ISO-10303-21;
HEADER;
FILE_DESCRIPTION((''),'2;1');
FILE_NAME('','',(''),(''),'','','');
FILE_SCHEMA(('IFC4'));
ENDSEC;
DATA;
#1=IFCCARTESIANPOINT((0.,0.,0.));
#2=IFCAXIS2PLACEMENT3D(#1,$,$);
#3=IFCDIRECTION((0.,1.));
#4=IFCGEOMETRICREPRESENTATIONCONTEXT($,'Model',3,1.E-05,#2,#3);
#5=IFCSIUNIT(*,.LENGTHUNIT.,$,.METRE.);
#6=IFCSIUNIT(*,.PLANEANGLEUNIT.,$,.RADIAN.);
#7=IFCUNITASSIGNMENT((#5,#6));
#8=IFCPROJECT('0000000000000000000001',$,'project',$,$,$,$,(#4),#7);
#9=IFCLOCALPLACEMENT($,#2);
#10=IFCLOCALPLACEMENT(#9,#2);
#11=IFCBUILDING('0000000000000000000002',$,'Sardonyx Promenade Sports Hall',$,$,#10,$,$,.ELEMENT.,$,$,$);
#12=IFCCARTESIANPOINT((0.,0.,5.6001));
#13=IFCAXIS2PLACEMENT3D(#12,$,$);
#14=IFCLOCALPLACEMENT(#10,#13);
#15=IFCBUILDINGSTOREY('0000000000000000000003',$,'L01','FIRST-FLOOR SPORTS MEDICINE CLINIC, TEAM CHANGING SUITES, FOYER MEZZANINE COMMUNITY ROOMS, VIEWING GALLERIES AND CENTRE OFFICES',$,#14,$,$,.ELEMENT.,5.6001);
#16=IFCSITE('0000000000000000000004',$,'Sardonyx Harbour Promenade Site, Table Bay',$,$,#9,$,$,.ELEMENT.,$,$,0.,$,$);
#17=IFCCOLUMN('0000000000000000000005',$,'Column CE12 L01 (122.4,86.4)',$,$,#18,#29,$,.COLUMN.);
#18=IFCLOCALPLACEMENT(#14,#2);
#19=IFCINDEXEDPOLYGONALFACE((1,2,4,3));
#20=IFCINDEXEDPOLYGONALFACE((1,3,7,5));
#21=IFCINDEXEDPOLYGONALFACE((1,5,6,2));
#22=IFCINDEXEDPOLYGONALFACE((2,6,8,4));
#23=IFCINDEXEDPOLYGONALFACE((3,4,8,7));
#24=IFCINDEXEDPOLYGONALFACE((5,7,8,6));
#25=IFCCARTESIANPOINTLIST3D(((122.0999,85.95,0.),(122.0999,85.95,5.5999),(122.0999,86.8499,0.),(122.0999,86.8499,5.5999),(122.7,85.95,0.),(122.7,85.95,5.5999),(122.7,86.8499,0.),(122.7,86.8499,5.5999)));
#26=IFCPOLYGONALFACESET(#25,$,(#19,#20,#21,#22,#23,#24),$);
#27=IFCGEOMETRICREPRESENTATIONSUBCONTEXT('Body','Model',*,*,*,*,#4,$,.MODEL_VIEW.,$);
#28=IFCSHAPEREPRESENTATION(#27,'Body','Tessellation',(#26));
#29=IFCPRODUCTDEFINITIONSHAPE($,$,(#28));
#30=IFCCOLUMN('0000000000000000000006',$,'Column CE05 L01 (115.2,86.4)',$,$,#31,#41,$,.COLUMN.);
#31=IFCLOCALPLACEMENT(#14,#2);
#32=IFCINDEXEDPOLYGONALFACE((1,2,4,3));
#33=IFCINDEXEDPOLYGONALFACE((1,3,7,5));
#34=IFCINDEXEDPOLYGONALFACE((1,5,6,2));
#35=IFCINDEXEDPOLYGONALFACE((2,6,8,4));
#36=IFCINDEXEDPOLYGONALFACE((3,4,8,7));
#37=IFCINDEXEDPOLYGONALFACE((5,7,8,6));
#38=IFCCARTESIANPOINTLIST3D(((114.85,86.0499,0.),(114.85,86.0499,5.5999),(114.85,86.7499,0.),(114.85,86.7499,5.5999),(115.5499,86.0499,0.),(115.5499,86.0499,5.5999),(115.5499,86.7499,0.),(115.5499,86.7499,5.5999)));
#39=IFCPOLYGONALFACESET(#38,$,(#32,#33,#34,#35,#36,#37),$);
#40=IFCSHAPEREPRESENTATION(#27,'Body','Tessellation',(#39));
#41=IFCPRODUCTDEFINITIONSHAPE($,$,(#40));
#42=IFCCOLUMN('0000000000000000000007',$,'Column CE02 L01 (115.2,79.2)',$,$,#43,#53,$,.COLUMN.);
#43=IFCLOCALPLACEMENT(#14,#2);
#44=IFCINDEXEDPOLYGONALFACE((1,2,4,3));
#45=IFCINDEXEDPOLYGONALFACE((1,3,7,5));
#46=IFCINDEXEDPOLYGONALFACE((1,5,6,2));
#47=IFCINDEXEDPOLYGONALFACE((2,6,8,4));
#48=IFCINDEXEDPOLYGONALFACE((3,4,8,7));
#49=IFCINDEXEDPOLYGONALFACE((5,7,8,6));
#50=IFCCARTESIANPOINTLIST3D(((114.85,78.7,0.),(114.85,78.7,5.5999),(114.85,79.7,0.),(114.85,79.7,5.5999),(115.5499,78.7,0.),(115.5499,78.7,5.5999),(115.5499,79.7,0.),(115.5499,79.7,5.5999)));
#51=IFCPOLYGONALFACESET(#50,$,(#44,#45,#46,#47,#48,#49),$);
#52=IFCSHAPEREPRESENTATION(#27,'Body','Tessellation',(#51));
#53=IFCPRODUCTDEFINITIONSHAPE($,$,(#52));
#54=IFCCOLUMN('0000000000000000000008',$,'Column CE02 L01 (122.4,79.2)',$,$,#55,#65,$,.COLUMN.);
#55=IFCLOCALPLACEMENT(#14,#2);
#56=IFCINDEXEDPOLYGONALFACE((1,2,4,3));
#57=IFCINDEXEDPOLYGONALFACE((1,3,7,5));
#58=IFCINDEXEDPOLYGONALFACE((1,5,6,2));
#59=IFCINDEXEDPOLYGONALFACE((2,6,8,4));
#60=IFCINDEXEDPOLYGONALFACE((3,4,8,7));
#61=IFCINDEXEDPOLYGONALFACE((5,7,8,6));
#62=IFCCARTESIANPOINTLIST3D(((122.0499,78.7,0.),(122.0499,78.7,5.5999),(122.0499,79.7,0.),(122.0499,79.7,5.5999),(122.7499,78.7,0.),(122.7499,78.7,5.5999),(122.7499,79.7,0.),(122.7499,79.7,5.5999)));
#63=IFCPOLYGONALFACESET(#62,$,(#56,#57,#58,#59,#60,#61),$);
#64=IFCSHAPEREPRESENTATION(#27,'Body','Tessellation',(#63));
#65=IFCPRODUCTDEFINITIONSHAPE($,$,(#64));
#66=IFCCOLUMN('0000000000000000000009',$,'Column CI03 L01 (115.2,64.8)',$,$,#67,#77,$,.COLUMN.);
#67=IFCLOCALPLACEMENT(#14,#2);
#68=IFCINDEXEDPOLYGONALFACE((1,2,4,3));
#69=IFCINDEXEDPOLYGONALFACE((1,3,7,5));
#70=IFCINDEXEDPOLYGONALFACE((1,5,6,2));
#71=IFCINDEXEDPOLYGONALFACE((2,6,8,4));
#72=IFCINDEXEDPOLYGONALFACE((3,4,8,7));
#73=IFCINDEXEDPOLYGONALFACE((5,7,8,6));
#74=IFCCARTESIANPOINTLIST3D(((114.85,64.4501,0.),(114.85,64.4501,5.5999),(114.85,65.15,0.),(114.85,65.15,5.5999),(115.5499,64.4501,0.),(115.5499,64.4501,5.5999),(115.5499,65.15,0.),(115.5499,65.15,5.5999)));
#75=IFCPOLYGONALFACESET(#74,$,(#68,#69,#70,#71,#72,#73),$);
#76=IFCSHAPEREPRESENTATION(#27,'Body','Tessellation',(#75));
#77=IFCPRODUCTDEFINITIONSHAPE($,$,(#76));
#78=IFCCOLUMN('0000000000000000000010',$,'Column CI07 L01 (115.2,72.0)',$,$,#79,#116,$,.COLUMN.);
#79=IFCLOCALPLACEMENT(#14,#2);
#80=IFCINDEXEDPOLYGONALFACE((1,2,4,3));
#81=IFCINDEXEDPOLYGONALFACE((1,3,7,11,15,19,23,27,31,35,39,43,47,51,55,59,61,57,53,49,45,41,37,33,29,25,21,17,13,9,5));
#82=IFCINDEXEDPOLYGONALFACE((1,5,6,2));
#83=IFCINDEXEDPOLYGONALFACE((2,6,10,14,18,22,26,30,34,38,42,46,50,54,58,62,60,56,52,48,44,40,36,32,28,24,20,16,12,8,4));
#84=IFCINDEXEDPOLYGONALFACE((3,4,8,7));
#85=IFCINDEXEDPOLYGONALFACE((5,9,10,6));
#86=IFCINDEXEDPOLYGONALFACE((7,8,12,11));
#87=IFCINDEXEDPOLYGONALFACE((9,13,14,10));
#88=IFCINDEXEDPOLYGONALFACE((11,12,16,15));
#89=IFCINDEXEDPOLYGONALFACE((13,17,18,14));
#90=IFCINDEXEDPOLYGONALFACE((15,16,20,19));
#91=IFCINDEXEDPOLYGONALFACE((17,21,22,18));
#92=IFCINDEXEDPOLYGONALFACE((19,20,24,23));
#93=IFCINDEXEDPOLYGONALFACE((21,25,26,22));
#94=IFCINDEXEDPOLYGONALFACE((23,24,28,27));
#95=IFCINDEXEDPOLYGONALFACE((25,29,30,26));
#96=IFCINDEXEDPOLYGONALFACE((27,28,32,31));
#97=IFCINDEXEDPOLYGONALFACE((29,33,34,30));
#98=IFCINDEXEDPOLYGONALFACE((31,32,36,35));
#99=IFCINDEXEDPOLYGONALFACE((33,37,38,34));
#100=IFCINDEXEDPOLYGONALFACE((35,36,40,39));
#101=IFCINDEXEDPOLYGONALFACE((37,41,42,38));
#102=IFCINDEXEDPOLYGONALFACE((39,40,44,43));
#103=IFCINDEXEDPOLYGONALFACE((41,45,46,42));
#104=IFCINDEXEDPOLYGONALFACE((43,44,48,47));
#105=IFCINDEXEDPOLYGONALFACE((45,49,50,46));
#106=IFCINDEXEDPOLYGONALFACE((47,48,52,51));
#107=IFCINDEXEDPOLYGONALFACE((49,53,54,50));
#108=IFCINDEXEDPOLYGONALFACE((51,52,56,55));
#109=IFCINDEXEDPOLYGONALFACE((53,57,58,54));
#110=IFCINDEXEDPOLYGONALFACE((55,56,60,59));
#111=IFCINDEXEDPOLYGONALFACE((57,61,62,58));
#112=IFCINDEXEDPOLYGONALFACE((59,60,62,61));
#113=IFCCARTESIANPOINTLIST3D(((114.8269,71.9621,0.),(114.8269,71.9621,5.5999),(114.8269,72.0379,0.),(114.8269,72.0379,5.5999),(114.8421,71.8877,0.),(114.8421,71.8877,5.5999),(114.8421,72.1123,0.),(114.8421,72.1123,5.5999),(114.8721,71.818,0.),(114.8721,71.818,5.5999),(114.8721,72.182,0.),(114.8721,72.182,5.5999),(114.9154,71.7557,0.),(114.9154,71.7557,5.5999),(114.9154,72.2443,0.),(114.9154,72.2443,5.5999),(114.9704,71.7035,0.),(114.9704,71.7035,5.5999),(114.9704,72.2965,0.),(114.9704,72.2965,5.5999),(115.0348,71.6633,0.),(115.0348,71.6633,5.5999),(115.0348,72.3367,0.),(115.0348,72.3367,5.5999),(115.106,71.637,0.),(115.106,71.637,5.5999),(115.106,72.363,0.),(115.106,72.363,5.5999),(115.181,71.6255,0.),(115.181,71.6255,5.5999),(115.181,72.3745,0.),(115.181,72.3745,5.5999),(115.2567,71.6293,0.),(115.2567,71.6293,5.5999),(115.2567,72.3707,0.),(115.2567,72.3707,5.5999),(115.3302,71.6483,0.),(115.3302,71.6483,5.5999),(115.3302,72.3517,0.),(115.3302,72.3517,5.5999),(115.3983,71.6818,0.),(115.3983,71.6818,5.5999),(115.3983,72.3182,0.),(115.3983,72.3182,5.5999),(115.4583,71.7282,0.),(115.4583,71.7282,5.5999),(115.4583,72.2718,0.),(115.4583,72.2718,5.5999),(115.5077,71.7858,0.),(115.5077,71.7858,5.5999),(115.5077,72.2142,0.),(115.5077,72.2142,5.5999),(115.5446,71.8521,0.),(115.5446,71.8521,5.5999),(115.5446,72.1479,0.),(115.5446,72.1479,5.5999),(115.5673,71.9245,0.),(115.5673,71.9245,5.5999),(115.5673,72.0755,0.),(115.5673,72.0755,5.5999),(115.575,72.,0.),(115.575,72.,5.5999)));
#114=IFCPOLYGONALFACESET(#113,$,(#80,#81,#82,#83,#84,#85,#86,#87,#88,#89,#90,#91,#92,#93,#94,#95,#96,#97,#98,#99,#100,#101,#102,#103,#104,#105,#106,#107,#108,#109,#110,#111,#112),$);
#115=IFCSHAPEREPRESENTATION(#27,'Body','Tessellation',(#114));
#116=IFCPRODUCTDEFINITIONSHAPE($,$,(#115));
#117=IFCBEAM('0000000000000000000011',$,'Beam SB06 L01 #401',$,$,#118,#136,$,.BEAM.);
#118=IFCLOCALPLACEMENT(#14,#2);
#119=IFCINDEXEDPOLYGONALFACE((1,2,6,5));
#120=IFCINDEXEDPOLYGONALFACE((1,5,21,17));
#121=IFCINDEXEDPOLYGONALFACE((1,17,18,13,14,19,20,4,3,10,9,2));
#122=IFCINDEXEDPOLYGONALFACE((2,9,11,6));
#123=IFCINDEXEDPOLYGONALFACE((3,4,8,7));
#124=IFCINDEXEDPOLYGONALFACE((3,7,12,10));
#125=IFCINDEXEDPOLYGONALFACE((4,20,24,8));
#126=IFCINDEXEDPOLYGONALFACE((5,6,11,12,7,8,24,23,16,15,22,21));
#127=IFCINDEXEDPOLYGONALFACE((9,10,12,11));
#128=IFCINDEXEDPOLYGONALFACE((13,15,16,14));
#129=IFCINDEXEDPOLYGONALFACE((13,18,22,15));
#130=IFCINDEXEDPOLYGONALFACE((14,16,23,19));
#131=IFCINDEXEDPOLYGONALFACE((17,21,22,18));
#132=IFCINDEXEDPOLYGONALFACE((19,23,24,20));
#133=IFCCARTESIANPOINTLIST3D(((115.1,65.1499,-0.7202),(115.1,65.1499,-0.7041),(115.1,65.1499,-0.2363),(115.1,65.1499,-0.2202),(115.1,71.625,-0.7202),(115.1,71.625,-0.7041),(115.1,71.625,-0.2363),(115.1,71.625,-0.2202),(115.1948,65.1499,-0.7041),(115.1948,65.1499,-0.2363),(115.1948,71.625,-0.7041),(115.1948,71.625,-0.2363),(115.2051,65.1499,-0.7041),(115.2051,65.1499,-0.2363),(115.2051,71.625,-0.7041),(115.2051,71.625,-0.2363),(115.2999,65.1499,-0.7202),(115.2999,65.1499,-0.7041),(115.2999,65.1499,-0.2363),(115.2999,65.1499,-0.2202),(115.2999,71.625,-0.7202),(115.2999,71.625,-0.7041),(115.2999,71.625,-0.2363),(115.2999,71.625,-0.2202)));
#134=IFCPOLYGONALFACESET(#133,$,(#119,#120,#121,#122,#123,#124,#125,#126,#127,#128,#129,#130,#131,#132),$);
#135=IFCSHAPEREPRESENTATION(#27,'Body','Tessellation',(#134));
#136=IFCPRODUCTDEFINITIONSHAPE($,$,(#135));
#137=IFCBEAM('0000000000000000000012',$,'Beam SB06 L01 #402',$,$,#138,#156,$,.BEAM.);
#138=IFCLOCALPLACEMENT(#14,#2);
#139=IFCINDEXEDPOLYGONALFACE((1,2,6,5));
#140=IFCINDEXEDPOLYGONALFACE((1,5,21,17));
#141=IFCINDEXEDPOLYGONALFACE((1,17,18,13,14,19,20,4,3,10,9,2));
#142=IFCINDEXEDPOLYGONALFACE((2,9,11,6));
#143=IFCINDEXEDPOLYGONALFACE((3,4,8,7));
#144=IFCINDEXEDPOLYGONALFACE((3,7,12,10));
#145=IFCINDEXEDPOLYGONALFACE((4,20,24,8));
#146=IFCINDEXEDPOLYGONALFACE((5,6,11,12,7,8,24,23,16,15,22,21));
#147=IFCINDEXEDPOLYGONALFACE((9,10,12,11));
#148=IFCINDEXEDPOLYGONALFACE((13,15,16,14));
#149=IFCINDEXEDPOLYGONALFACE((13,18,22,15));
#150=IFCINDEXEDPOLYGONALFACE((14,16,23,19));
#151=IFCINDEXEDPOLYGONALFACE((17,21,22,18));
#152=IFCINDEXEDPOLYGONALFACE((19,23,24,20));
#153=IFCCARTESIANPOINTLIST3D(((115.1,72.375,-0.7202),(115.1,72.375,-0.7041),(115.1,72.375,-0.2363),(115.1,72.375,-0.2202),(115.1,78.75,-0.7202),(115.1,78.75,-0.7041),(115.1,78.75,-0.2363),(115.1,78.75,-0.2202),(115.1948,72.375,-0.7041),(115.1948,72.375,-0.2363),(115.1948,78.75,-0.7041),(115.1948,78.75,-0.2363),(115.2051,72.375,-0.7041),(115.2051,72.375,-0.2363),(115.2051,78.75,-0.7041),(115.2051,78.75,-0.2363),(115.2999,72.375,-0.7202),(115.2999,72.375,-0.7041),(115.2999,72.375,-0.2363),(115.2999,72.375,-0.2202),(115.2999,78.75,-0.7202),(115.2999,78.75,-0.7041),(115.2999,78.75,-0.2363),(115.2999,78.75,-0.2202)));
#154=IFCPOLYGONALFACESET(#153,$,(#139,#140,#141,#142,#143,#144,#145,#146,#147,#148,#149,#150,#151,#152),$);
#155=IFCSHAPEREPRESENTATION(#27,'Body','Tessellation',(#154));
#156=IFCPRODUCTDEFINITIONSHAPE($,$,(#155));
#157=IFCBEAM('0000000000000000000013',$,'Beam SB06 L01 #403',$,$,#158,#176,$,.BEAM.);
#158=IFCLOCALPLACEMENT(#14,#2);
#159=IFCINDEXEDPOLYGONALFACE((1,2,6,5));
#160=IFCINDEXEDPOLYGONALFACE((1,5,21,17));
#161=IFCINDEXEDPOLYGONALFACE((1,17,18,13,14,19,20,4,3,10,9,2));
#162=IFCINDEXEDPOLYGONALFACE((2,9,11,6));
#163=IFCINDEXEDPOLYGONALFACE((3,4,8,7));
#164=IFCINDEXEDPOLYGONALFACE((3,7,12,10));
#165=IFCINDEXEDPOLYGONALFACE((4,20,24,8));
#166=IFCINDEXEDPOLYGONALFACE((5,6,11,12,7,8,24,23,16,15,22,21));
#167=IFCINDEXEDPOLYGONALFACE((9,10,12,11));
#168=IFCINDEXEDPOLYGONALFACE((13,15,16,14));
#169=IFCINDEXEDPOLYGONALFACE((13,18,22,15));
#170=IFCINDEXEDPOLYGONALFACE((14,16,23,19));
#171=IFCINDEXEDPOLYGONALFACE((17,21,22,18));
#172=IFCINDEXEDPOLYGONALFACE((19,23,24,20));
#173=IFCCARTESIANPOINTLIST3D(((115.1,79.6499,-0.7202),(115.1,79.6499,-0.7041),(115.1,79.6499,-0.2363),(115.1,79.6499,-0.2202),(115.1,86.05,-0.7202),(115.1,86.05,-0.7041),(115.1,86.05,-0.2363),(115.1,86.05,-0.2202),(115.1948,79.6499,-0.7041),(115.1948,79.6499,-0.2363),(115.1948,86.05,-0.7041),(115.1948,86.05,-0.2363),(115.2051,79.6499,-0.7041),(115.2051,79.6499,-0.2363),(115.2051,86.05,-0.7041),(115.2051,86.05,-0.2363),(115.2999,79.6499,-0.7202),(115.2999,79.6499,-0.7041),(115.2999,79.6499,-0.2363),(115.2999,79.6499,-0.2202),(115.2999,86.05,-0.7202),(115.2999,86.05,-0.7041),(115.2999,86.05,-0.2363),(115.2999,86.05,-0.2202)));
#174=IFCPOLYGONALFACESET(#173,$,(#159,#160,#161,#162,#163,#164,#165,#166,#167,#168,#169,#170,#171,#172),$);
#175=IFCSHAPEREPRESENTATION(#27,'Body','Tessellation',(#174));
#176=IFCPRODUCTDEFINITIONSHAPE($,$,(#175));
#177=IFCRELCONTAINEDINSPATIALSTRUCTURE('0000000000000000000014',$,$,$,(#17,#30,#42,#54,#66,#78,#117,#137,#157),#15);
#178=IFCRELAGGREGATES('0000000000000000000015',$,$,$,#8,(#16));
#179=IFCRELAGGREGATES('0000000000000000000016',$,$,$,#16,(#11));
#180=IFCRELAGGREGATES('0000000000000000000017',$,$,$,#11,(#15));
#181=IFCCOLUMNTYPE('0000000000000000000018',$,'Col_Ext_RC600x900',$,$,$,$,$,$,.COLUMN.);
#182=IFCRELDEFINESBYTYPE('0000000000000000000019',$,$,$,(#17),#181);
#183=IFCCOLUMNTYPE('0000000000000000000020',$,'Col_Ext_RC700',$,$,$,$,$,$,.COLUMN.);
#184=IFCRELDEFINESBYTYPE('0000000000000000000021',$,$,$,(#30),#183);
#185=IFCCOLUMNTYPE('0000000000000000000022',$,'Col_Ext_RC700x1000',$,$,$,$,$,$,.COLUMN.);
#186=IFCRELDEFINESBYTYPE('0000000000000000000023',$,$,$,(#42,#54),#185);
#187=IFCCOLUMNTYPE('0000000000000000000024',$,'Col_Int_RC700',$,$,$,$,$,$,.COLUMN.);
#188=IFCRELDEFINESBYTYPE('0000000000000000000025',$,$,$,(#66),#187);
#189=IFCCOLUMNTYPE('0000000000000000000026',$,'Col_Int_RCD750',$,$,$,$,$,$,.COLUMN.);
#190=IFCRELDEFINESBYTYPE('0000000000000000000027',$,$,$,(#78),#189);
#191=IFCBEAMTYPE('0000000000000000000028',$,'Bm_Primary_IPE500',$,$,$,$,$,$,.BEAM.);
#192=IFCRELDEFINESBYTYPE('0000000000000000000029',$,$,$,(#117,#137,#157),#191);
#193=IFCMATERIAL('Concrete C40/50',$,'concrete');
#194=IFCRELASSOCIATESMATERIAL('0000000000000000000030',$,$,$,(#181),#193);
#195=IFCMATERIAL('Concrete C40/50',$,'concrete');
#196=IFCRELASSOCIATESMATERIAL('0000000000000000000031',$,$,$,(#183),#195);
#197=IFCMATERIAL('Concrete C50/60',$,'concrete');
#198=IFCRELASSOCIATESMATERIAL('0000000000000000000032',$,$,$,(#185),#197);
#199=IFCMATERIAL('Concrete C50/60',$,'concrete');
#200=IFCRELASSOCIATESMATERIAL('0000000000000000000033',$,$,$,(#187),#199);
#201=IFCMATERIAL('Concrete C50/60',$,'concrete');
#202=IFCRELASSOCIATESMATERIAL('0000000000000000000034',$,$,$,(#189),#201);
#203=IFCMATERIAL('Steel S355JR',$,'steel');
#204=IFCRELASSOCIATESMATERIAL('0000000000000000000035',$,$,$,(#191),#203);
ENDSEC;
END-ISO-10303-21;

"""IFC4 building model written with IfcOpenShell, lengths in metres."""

from ifc_helpers import new_model, si_unit, direction, frame, origin, origin_2d, place, context, subcontext, project, spatial, rectangle, circle, i_section, extrude, material, material_profile, profile_set, type_object, element, save


model = new_model("IFC4")

# Units and contexts
model_context = context("Model", 3, precision=1e-05, world=origin(), true_north=direction((0.0, 1.0)))
body_context = subcontext(model_context, "Body", "Model", "MODEL_VIEW")
ifc_project = project(units=[si_unit("LENGTHUNIT", "METRE"), si_unit("PLANEANGLEUNIT", "RADIAN")], contexts=[model_context])

# Site, building, storey
site_placement = place(None, origin())
site = spatial("IfcSite", under=ifc_project, at=site_placement, Name="Sardonyx Harbour Promenade Site, Table Bay", CompositionType="ELEMENT", RefElevation=0.0)
building_placement = place(site_placement, origin())
building = spatial("IfcBuilding", under=site, at=building_placement, Name="Sardonyx Promenade Sports Hall", CompositionType="ELEMENT")
storey_placement = place(building_placement, frame((0.0, 0.0, 5.6001)))
storey = spatial("IfcBuildingStorey", under=building, at=storey_placement, Name="L01", Description="FIRST-FLOOR SPORTS MEDICINE CLINIC, TEAM CHANGING SUITES, FOYER MEZZANINE COMMUNITY ROOMS, VIEWING GALLERIES AND CENTRE OFFICES", CompositionType="ELEMENT", Elevation=5.6001)

# Columns
ifc_material_1 = material(Name="Concrete C40/50", Category="concrete")
ifc_material_profile_1 = material_profile(ifc_material_1, rectangle(XDim=0.6001, YDim=0.8999, at=origin_2d()))
ifc_profile_set_1 = profile_set([ifc_material_profile_1], Name="Concrete C40/50")
column_type_1 = type_object("IfcColumnType", Name="Col_Ext_RC600x900", PredefinedType="COLUMN", material=ifc_profile_set_1)
column_1_placement = place(storey_placement, frame((122.3999, 86.3999, 0.0), z_axis=(0.0, 0.0, 1.0), x_axis=(1.0, 0.0, 0.0)))
element("IfcColumn", 1, at=column_1_placement, inside=storey, type_object=column_type_1, Name="Column CE12 L01 (122.4,86.4)", PredefinedType="COLUMN", context=body_context, shape_type="SweptSolid", body=[
    extrude(rectangle(XDim=0.6001, YDim=0.8999, at=origin_2d()), origin(), (0.0, 0.0, 1.0), 5.5999),
])
ifc_material_2 = material(Name="Concrete C40/50", Category="concrete")
ifc_material_profile_2 = material_profile(ifc_material_2, rectangle(XDim=0.7, YDim=0.7, at=origin_2d()))
ifc_profile_set_2 = profile_set([ifc_material_profile_2], Name="Concrete C40/50")
column_type_2 = type_object("IfcColumnType", Name="Col_Ext_RC700", PredefinedType="COLUMN", material=ifc_profile_set_2)
column_2_placement = place(storey_placement, frame((115.2, 86.3999, 0.0), z_axis=(0.0, 0.0, 1.0), x_axis=(1.0, 0.0, 0.0)))
element("IfcColumn", 2, at=column_2_placement, inside=storey, type_object=column_type_2, Name="Column CE05 L01 (115.2,86.4)", PredefinedType="COLUMN", context=body_context, shape_type="SweptSolid", body=[
    extrude(rectangle(XDim=0.7, YDim=0.7, at=origin_2d()), origin(), (0.0, 0.0, 1.0), 5.5999),
])
ifc_material_3 = material(Name="Concrete C50/60", Category="concrete")
ifc_material_profile_3 = material_profile(ifc_material_3, rectangle(XDim=0.7, YDim=1.0, at=origin_2d()))
ifc_profile_set_3 = profile_set([ifc_material_profile_3], Name="Concrete C50/60")
column_type_3 = type_object("IfcColumnType", Name="Col_Ext_RC700x1000", PredefinedType="COLUMN", material=ifc_profile_set_3)
for number, where, z_axis, x_axis, name in (
    (3, (115.2, 79.2, 0.0), (0.0, 0.0, 1.0), (1.0, 0.0, 0.0), "Column CE02 L01 (115.2,79.2)"),
    (4, (122.3999, 79.2, 0.0), (0.0, 0.0, 1.0), (1.0, 0.0, 0.0), "Column CE02 L01 (122.4,79.2)"),
):
    element("IfcColumn", number, at=place(storey_placement, frame(where, z_axis=z_axis, x_axis=x_axis)), inside=storey, type_object=column_type_3, Name=name, PredefinedType="COLUMN", context=body_context, shape_type="SweptSolid", body=[
        extrude(rectangle(XDim=0.7, YDim=1.0, at=origin_2d()), origin(), (0.0, 0.0, 1.0), 5.5999),
    ])
ifc_material_4 = material(Name="Concrete C50/60", Category="concrete")
ifc_material_profile_4 = material_profile(ifc_material_4, rectangle(XDim=0.7, YDim=0.7, at=origin_2d()))
ifc_profile_set_4 = profile_set([ifc_material_profile_4], Name="Concrete C50/60")
column_type_4 = type_object("IfcColumnType", Name="Col_Int_RC700", PredefinedType="COLUMN", material=ifc_profile_set_4)
column_3_placement = place(storey_placement, frame((115.2, 64.8, 0.0), z_axis=(0.0, 0.0, 1.0), x_axis=(1.0, 0.0, 0.0)))
element("IfcColumn", 5, at=column_3_placement, inside=storey, type_object=column_type_4, Name="Column CI03 L01 (115.2,64.8)", PredefinedType="COLUMN", context=body_context, shape_type="SweptSolid", body=[
    extrude(rectangle(XDim=0.7, YDim=0.7, at=origin_2d()), origin(), (0.0, 0.0, 1.0), 5.5999),
])
ifc_material_5 = material(Name="Concrete C50/60", Category="concrete")
ifc_material_profile_5 = material_profile(ifc_material_5, circle(Radius=0.375, at=origin_2d()))
ifc_profile_set_5 = profile_set([ifc_material_profile_5], Name="Concrete C50/60")
column_type_5 = type_object("IfcColumnType", Name="Col_Int_RCD750", PredefinedType="COLUMN", material=ifc_profile_set_5)
column_4_placement = place(storey_placement, frame((115.2, 72.0, 0.0), z_axis=(0.0, 0.0, 1.0), x_axis=(1.0, 0.0, 0.0)))
element("IfcColumn", 6, at=column_4_placement, inside=storey, type_object=column_type_5, Name="Column CI07 L01 (115.2,72.0)", PredefinedType="COLUMN", context=body_context, shape_type="SweptSolid", body=[
    extrude(circle(Radius=0.375, at=origin_2d()), origin(), (0.0, 0.0, 1.0), 5.5999),
])

# Beams
ifc_material_6 = material(Name="Steel S355JR", Category="steel")
ifc_material_profile_6 = material_profile(ifc_material_6, i_section(OverallWidth=0.2, OverallDepth=0.5, WebThickness=0.0103, FlangeThickness=0.0161, at=origin_2d()))
ifc_profile_set_6 = profile_set([ifc_material_profile_6], Name="Steel S355JR")
beam_type_1 = type_object("IfcBeamType", Name="Bm_Primary_IPE500", PredefinedType="BEAM", material=ifc_profile_set_6)
beam_1_placement = place(storey_placement, frame((115.2, 65.1499, -0.4702), z_axis=(0.0, 1.0, 0.0), x_axis=(-1.0, 0.0, 0.0)))
element("IfcBeam", 7, at=beam_1_placement, inside=storey, type_object=beam_type_1, Name="Beam SB06 L01 #401", PredefinedType="BEAM", context=body_context, shape_type="SweptSolid", body=[
    extrude(i_section(OverallWidth=0.2, OverallDepth=0.5, WebThickness=0.0103, FlangeThickness=0.0161, at=origin_2d()), origin(), (0.0, 0.0, 1.0), 6.4751),
])
beam_2_placement = place(storey_placement, frame((115.2, 72.375, -0.4702), z_axis=(0.0, 1.0, 0.0), x_axis=(-1.0, 0.0, 0.0)))
element("IfcBeam", 8, at=beam_2_placement, inside=storey, type_object=beam_type_1, Name="Beam SB06 L01 #402", PredefinedType="BEAM", context=body_context, shape_type="SweptSolid", body=[
    extrude(i_section(OverallWidth=0.2, OverallDepth=0.5, WebThickness=0.0103, FlangeThickness=0.0161, at=origin_2d()), origin(), (0.0, 0.0, 1.0), 6.375),
])
beam_3_placement = place(storey_placement, frame((115.2, 79.6499, -0.4702), z_axis=(0.0, 1.0, 0.0), x_axis=(-1.0, 0.0, 0.0)))
element("IfcBeam", 9, at=beam_3_placement, inside=storey, type_object=beam_type_1, Name="Beam SB06 L01 #403", PredefinedType="BEAM", context=body_context, shape_type="SweptSolid", body=[
    extrude(i_section(OverallWidth=0.2, OverallDepth=0.5, WebThickness=0.0103, FlangeThickness=0.0161, at=origin_2d()), origin(), (0.0, 0.0, 1.0), 6.4001),
])

save(model, "model.ifc")
